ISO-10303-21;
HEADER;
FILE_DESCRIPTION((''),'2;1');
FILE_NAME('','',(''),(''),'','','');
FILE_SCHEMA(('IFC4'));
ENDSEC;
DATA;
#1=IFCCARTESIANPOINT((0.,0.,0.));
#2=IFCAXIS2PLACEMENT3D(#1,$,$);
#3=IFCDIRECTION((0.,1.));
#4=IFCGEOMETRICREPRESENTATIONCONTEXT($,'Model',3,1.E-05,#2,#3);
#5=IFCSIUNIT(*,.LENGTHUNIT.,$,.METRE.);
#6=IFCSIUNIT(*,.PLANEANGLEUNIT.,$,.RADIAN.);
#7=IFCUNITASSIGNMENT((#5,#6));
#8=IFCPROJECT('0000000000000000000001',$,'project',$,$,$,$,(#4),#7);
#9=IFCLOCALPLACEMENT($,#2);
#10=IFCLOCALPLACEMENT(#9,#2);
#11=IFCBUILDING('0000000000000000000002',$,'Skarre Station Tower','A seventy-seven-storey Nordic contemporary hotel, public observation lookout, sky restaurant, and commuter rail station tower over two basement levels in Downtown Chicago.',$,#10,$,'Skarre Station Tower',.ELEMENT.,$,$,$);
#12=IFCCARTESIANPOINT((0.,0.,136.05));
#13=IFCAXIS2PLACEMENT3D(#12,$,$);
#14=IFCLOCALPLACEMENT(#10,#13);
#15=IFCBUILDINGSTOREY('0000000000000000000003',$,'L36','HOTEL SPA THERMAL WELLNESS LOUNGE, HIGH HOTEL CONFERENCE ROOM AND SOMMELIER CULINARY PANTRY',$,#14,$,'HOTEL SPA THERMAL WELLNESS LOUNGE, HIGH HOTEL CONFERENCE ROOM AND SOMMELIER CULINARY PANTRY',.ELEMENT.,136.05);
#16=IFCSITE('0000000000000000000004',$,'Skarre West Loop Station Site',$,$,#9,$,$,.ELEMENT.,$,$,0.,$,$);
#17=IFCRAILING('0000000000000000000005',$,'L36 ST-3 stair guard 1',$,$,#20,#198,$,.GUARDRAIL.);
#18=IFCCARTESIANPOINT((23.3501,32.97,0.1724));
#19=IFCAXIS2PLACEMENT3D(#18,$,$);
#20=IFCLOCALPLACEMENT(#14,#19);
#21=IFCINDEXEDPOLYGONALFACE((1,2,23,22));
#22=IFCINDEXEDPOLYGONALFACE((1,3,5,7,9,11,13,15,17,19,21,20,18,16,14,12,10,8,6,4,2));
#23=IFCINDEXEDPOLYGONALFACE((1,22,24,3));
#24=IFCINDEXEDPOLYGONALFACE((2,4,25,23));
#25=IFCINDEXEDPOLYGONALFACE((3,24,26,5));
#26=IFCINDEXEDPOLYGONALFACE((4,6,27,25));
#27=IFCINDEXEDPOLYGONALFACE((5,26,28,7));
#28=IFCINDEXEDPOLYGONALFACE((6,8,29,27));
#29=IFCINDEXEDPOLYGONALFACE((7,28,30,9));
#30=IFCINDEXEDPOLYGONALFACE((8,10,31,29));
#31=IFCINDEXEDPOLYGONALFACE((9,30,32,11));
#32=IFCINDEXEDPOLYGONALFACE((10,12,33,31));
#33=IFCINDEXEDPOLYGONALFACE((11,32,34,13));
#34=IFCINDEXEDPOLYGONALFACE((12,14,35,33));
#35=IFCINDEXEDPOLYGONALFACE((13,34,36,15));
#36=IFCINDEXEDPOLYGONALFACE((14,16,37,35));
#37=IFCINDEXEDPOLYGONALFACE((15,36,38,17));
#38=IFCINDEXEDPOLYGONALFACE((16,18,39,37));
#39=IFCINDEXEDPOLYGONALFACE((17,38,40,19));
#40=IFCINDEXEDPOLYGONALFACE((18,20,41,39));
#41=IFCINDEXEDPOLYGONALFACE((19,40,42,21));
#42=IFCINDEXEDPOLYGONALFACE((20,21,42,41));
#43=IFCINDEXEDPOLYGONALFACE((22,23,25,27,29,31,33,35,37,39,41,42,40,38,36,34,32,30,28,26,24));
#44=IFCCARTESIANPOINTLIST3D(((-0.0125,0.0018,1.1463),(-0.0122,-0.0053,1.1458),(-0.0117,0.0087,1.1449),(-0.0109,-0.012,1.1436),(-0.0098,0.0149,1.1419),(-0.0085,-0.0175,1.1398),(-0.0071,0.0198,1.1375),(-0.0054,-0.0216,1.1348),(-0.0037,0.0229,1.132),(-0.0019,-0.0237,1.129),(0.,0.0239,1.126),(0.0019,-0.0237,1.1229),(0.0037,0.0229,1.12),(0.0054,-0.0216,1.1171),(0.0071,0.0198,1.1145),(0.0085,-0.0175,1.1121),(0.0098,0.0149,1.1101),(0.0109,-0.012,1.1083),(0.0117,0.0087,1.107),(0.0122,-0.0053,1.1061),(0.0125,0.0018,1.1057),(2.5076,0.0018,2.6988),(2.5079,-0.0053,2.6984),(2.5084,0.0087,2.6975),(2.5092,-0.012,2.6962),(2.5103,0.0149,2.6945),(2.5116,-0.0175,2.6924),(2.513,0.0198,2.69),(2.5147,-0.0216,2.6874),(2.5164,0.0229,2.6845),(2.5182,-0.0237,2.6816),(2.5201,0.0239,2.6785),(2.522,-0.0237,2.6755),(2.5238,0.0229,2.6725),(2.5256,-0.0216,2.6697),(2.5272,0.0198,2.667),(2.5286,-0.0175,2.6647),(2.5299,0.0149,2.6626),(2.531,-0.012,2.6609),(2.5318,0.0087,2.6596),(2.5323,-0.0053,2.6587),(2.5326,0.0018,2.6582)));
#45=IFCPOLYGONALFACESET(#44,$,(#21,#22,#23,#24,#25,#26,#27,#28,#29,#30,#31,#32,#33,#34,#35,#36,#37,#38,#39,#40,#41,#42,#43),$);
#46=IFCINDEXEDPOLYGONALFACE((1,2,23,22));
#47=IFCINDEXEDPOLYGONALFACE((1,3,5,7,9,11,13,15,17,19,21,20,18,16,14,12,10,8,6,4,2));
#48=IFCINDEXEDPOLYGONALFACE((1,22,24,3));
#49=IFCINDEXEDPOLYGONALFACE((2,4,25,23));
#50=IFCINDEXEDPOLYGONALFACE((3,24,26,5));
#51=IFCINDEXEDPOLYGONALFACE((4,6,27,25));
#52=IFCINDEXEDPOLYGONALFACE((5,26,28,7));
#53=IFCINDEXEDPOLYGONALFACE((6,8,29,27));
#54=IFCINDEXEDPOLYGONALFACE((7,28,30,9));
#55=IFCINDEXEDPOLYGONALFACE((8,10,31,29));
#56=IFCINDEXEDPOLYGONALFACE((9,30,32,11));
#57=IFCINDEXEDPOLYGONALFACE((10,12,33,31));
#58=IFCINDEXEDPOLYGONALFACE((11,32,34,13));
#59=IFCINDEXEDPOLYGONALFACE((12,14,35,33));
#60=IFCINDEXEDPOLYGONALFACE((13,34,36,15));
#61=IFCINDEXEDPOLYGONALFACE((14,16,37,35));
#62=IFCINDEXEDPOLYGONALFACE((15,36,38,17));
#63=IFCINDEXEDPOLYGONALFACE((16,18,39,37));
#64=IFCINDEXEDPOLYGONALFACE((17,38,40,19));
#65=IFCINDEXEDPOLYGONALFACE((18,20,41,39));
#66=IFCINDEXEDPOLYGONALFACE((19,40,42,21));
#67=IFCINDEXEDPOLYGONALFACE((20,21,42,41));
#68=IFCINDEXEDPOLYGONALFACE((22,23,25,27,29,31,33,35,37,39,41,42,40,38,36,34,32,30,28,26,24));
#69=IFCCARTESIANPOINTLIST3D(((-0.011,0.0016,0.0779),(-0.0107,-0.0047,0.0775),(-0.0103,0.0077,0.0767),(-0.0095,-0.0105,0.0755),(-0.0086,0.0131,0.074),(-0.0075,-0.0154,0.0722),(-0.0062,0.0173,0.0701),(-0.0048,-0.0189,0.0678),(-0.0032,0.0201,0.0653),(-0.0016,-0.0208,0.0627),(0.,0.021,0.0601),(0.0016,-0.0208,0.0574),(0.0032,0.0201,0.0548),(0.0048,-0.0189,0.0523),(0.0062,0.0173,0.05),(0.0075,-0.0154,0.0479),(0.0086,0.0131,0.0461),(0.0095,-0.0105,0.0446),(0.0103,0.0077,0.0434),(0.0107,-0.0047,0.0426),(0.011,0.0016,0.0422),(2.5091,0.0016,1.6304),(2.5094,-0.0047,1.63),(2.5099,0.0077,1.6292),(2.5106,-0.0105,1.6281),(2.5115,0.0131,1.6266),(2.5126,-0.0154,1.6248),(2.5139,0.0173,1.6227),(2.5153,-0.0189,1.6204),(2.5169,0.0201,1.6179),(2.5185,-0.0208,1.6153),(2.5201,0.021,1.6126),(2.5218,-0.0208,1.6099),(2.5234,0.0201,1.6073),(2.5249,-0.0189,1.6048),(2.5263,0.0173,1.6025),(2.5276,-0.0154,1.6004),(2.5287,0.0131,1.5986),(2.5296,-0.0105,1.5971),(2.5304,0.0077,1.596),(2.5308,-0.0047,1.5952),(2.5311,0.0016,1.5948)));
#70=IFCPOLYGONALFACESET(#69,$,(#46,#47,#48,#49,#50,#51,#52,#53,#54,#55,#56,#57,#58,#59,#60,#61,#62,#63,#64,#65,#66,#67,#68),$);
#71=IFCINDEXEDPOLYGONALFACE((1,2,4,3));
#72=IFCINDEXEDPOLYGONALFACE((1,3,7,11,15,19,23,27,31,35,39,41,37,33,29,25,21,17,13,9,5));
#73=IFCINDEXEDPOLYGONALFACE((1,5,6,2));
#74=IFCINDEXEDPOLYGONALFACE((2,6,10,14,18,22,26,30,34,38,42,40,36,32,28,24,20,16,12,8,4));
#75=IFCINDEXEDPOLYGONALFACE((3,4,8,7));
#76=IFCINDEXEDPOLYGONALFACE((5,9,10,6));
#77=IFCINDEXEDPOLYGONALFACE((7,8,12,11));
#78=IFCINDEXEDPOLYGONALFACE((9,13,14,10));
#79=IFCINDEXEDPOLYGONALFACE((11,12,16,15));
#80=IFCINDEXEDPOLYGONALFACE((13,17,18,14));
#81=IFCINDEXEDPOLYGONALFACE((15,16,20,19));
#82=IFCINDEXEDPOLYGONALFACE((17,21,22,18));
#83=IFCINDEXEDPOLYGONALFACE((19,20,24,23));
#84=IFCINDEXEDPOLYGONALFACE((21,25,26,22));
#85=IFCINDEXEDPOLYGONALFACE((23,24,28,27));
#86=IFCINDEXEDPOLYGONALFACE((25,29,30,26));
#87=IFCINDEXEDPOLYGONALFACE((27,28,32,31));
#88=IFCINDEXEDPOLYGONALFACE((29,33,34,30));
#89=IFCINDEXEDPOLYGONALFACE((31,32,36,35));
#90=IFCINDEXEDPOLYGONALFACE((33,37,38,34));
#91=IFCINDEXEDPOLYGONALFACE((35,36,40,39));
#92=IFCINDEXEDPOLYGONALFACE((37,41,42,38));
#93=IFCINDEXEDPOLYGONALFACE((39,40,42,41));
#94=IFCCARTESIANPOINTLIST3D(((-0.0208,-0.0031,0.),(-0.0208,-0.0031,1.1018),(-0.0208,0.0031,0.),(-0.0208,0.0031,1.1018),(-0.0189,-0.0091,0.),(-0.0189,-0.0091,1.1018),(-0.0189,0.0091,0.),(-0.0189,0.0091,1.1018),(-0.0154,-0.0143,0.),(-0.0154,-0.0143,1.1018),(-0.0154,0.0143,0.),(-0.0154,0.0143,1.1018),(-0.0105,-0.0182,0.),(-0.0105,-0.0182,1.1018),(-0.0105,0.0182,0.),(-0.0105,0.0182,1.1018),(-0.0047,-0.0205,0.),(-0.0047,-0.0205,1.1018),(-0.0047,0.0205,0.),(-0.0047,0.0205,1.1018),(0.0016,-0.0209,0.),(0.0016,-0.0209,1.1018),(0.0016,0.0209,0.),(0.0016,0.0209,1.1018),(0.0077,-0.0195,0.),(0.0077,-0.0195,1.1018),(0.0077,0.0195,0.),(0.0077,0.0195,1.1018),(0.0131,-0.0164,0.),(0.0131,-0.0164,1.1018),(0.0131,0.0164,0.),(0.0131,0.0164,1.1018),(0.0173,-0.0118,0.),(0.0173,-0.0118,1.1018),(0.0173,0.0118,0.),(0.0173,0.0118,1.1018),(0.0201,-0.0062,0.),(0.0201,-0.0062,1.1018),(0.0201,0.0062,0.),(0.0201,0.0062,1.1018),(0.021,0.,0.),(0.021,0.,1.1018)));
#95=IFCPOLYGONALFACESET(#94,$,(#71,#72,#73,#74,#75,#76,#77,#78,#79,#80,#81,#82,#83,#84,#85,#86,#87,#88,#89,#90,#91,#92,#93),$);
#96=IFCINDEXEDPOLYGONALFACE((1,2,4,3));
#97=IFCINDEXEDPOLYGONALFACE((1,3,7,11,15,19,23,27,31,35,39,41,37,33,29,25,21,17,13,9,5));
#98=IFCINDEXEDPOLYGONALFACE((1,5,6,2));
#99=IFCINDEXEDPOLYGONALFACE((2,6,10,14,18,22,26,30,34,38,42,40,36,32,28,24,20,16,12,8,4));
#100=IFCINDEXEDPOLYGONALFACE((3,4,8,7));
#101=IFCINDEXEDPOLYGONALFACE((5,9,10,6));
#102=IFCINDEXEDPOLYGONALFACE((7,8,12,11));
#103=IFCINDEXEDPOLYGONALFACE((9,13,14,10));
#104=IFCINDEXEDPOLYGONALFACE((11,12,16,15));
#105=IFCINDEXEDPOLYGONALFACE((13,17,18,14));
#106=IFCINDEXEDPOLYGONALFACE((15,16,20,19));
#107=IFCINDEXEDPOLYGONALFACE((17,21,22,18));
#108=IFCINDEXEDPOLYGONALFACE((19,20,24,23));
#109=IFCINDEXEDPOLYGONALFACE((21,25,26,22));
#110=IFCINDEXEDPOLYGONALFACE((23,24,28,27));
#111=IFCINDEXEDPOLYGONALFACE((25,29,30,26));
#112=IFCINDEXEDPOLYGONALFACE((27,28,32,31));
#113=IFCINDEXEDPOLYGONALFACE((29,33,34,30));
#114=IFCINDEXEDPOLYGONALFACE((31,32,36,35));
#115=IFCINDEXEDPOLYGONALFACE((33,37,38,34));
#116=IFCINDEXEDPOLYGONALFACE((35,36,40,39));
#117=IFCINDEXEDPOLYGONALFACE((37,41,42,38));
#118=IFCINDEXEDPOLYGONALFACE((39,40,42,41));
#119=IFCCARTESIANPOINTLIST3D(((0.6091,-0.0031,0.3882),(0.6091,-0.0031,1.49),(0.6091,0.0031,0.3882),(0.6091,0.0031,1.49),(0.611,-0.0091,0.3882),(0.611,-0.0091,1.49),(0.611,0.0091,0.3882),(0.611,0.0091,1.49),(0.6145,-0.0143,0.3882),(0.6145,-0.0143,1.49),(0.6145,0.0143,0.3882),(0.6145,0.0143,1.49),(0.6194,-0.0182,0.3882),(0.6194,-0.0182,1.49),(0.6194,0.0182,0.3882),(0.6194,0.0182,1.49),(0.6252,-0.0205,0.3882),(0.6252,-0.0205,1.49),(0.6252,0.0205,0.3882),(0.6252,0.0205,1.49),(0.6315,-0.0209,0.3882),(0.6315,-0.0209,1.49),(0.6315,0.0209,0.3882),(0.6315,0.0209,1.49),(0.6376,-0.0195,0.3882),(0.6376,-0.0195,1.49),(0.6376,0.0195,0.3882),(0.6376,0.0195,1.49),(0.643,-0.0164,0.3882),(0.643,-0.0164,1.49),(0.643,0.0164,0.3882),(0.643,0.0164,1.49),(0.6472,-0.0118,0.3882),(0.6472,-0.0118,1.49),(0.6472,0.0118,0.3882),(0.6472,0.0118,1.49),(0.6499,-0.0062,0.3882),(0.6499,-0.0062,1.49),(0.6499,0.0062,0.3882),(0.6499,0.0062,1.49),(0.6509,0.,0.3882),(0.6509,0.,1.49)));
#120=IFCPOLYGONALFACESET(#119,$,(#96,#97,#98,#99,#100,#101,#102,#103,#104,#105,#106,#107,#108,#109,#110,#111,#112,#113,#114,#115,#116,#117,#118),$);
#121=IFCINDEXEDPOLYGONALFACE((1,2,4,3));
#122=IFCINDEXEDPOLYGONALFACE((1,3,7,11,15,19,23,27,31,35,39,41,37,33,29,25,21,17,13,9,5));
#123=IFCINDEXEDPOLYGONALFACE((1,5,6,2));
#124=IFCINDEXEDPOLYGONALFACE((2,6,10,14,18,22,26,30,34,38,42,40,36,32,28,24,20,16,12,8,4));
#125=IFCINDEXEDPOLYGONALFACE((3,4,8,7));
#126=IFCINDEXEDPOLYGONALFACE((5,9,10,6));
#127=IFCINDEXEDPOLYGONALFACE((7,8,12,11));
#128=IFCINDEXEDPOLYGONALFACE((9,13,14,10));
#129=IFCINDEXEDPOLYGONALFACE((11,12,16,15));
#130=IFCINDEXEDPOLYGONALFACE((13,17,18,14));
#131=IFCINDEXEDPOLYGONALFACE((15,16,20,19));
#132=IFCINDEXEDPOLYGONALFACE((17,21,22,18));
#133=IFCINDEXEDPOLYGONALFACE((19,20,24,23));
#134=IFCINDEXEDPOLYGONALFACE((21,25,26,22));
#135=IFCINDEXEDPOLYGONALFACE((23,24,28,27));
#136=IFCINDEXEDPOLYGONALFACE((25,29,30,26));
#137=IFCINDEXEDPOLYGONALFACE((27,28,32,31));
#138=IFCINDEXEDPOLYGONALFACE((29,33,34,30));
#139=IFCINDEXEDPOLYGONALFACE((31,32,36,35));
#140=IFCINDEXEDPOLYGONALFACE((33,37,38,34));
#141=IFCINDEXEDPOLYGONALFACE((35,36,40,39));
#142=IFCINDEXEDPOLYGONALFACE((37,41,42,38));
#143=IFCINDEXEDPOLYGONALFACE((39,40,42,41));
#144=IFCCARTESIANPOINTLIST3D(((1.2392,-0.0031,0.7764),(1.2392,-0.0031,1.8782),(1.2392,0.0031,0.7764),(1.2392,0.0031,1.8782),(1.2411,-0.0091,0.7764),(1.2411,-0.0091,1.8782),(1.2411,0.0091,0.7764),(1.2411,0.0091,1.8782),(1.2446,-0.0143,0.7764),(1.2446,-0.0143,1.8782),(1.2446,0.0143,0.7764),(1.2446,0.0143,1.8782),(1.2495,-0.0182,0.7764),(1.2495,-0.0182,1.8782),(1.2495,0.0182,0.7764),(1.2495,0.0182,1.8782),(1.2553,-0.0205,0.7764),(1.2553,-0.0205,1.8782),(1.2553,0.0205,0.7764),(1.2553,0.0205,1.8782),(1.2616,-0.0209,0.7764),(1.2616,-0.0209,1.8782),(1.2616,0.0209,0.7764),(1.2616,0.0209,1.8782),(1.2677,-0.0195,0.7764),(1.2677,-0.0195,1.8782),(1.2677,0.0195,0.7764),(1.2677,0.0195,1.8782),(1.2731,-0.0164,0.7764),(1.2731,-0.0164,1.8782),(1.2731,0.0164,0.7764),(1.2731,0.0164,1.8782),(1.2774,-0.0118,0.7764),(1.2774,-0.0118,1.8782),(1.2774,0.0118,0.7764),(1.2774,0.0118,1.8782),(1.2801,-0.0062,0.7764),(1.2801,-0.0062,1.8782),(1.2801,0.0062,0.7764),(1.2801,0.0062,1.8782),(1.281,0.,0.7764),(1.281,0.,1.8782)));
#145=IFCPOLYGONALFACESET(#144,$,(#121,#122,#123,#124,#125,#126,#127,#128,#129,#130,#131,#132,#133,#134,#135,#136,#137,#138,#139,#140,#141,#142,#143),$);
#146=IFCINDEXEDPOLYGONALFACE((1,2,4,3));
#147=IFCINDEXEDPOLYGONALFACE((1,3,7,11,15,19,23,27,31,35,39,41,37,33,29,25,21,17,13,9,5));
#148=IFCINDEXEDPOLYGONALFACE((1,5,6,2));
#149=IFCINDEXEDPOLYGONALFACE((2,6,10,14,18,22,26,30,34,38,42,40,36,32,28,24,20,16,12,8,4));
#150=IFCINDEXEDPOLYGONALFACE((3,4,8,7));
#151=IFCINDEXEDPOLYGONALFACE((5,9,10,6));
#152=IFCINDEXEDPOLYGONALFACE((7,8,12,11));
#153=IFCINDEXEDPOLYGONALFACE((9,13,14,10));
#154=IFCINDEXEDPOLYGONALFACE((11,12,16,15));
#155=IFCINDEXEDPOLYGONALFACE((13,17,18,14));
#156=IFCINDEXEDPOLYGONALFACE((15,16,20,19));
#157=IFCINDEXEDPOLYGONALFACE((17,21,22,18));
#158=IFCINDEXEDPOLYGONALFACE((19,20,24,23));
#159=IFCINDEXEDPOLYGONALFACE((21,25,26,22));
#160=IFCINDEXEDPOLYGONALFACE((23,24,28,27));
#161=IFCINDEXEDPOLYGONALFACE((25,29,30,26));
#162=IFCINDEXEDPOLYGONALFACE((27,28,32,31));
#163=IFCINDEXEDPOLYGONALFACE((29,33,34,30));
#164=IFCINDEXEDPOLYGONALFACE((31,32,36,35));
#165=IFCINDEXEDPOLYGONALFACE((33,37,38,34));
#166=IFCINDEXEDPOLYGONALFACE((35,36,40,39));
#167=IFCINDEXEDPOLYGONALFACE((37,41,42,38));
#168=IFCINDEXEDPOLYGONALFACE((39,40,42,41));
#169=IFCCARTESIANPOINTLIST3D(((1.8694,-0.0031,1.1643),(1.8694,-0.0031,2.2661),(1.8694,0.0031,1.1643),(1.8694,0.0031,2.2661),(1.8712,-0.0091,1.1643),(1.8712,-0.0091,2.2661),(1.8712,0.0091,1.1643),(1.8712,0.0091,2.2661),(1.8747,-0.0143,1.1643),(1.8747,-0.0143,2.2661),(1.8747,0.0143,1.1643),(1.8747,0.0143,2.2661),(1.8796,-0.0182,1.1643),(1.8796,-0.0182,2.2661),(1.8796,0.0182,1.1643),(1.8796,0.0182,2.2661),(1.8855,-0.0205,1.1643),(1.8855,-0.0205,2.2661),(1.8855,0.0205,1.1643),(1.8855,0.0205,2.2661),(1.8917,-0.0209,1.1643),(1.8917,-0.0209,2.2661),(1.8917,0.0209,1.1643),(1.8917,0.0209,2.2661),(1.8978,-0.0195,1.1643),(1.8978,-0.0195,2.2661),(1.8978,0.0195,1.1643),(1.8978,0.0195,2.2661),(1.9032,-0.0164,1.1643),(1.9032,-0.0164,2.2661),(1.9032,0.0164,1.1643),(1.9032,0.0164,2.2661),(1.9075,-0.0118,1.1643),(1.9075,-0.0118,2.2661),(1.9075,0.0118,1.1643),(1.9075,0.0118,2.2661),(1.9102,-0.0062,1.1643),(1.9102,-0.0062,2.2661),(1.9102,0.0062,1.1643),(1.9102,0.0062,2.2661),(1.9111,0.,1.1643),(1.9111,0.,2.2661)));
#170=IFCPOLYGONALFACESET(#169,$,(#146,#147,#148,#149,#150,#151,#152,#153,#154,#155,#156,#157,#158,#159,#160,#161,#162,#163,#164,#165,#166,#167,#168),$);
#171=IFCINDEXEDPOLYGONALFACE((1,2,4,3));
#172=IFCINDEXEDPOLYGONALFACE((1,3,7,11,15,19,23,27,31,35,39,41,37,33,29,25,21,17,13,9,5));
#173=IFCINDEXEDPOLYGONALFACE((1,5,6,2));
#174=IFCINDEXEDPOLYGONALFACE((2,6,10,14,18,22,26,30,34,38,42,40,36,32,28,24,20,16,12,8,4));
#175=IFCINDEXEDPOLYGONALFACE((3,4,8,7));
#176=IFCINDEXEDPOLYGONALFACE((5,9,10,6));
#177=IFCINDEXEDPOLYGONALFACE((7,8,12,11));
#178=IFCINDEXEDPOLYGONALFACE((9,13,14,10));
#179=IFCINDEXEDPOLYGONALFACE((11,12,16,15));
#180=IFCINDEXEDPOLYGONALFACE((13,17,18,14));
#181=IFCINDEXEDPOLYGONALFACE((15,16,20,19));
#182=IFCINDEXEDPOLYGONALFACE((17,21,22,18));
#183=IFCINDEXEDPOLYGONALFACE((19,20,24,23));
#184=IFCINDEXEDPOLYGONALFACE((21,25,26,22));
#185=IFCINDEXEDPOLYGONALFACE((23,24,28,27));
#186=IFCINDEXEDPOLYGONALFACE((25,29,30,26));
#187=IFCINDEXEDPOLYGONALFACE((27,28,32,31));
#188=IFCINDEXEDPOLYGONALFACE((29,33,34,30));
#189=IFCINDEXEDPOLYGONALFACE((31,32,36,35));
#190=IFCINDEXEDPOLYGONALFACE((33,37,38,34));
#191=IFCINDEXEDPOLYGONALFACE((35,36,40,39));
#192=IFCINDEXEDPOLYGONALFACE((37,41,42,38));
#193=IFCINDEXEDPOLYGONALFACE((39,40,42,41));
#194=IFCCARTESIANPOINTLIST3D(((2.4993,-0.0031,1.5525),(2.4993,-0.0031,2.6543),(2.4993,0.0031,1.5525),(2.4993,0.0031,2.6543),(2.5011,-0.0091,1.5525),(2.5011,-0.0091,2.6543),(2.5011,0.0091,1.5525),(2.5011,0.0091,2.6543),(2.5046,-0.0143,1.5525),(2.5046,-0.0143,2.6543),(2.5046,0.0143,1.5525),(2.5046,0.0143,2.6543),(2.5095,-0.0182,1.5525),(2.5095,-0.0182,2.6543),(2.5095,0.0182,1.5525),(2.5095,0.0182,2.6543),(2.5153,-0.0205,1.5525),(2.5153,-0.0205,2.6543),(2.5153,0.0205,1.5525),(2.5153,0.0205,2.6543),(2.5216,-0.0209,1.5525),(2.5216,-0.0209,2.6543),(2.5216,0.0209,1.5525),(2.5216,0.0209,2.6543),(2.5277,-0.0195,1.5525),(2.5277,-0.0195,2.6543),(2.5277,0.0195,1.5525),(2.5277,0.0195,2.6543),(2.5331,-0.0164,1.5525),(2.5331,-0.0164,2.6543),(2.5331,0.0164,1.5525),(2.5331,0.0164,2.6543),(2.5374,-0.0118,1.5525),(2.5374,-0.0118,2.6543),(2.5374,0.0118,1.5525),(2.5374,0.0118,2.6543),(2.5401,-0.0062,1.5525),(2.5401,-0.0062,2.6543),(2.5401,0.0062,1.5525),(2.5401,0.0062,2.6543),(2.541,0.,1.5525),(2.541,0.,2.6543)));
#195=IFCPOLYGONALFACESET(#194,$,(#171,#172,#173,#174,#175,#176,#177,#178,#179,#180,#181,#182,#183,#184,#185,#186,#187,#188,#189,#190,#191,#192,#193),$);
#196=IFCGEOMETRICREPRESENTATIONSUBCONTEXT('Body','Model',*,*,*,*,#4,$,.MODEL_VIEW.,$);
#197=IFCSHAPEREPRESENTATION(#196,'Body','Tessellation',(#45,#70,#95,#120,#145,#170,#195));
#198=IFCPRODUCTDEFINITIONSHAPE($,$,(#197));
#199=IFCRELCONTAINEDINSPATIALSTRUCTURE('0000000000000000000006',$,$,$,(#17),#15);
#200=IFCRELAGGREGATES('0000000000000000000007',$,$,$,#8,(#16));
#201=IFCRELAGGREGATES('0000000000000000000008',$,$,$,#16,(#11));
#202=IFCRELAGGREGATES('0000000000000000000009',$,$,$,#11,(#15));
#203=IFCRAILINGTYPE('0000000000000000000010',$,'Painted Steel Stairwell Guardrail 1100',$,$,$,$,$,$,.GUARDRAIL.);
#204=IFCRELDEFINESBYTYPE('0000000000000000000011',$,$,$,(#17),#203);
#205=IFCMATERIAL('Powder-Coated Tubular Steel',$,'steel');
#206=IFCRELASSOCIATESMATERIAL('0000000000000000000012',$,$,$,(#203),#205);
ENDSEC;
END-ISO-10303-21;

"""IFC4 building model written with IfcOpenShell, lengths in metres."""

from ifc_helpers import new_model, si_unit, direction, frame, origin, origin_2d, place, context, subcontext, project, spatial, circle, extrude, material, type_object, element, save


model = new_model("IFC4")

# Units and contexts
model_context = context("Model", 3, precision=1e-05, world=origin(), true_north=direction((0.0, 1.0)))
body_context = subcontext(model_context, "Body", "Model", "MODEL_VIEW")
ifc_project = project(units=[si_unit("LENGTHUNIT", "METRE"), si_unit("PLANEANGLEUNIT", "RADIAN")], contexts=[model_context])

# Site, building, storey
site_placement = place(None, origin())
site = spatial("IfcSite", under=ifc_project, at=site_placement, Name="Skarre West Loop Station Site", CompositionType="ELEMENT", RefElevation=0.0)
building_placement = place(site_placement, origin())
building = spatial("IfcBuilding", under=site, at=building_placement, Name="Skarre Station Tower", Description="A seventy-seven-storey Nordic contemporary hotel, public observation lookout, sky restaurant, and commuter rail station tower over two basement levels in Downtown Chicago.", LongName="Skarre Station Tower", CompositionType="ELEMENT")
storey_placement = place(building_placement, frame((0.0, 0.0, 136.05)))
storey = spatial("IfcBuildingStorey", under=building, at=storey_placement, Name="L36", Description="HOTEL SPA THERMAL WELLNESS LOUNGE, HIGH HOTEL CONFERENCE ROOM AND SOMMELIER CULINARY PANTRY", LongName="HOTEL SPA THERMAL WELLNESS LOUNGE, HIGH HOTEL CONFERENCE ROOM AND SOMMELIER CULINARY PANTRY", CompositionType="ELEMENT", Elevation=136.05)

# Railing
ifc_material_1 = material(Name="Powder-Coated Tubular Steel", Category="steel")
railing_type_1 = type_object("IfcRailingType", Name="Painted Steel Stairwell Guardrail 1100", PredefinedType="GUARDRAIL", material=ifc_material_1)
railing_1_placement = place(storey_placement, frame((23.3501, 32.97, 0.1724)))
element("IfcRailing", 1, at=railing_1_placement, inside=storey, type_object=railing_type_1, Name="L36 ST-3 stair guard 1", PredefinedType="GUARDRAIL", context=body_context, shape_type="SweptSolid", body=[
    extrude(circle(Radius=0.0239, at=origin_2d()), frame((0.0, 0.0, 1.126), z_axis=(0.8514, 0.0, 0.524516), x_axis=(0.0, 1.0, 0.0)), (0.0, 0.0, 1.0), 2.96),
    extrude(circle(Radius=0.021, at=origin_2d()), frame((0.0, 0.0, 0.0601), z_axis=(0.8514, 0.0, 0.524516), x_axis=(0.0, 1.0, 0.0)), (0.0, 0.0, 1.0), 2.96),
    extrude(circle(Radius=0.021, at=origin_2d()), origin(), (0.0, 0.0, 1.0), 1.1018),
    extrude(circle(Radius=0.021, at=origin_2d()), frame((0.6299, 0.0, 0.3882)), (0.0, 0.0, 1.0), 1.1018),
    extrude(circle(Radius=0.021, at=origin_2d()), frame((1.26, 0.0, 0.7764)), (0.0, 0.0, 1.0), 1.1018),
    extrude(circle(Radius=0.021, at=origin_2d()), frame((1.8901, 0.0, 1.1643)), (0.0, 0.0, 1.0), 1.1018),
    extrude(circle(Radius=0.021, at=origin_2d()), frame((2.52, 0.0, 1.5525)), (0.0, 0.0, 1.0), 1.1018),
])

save(model, "model.ifc")
